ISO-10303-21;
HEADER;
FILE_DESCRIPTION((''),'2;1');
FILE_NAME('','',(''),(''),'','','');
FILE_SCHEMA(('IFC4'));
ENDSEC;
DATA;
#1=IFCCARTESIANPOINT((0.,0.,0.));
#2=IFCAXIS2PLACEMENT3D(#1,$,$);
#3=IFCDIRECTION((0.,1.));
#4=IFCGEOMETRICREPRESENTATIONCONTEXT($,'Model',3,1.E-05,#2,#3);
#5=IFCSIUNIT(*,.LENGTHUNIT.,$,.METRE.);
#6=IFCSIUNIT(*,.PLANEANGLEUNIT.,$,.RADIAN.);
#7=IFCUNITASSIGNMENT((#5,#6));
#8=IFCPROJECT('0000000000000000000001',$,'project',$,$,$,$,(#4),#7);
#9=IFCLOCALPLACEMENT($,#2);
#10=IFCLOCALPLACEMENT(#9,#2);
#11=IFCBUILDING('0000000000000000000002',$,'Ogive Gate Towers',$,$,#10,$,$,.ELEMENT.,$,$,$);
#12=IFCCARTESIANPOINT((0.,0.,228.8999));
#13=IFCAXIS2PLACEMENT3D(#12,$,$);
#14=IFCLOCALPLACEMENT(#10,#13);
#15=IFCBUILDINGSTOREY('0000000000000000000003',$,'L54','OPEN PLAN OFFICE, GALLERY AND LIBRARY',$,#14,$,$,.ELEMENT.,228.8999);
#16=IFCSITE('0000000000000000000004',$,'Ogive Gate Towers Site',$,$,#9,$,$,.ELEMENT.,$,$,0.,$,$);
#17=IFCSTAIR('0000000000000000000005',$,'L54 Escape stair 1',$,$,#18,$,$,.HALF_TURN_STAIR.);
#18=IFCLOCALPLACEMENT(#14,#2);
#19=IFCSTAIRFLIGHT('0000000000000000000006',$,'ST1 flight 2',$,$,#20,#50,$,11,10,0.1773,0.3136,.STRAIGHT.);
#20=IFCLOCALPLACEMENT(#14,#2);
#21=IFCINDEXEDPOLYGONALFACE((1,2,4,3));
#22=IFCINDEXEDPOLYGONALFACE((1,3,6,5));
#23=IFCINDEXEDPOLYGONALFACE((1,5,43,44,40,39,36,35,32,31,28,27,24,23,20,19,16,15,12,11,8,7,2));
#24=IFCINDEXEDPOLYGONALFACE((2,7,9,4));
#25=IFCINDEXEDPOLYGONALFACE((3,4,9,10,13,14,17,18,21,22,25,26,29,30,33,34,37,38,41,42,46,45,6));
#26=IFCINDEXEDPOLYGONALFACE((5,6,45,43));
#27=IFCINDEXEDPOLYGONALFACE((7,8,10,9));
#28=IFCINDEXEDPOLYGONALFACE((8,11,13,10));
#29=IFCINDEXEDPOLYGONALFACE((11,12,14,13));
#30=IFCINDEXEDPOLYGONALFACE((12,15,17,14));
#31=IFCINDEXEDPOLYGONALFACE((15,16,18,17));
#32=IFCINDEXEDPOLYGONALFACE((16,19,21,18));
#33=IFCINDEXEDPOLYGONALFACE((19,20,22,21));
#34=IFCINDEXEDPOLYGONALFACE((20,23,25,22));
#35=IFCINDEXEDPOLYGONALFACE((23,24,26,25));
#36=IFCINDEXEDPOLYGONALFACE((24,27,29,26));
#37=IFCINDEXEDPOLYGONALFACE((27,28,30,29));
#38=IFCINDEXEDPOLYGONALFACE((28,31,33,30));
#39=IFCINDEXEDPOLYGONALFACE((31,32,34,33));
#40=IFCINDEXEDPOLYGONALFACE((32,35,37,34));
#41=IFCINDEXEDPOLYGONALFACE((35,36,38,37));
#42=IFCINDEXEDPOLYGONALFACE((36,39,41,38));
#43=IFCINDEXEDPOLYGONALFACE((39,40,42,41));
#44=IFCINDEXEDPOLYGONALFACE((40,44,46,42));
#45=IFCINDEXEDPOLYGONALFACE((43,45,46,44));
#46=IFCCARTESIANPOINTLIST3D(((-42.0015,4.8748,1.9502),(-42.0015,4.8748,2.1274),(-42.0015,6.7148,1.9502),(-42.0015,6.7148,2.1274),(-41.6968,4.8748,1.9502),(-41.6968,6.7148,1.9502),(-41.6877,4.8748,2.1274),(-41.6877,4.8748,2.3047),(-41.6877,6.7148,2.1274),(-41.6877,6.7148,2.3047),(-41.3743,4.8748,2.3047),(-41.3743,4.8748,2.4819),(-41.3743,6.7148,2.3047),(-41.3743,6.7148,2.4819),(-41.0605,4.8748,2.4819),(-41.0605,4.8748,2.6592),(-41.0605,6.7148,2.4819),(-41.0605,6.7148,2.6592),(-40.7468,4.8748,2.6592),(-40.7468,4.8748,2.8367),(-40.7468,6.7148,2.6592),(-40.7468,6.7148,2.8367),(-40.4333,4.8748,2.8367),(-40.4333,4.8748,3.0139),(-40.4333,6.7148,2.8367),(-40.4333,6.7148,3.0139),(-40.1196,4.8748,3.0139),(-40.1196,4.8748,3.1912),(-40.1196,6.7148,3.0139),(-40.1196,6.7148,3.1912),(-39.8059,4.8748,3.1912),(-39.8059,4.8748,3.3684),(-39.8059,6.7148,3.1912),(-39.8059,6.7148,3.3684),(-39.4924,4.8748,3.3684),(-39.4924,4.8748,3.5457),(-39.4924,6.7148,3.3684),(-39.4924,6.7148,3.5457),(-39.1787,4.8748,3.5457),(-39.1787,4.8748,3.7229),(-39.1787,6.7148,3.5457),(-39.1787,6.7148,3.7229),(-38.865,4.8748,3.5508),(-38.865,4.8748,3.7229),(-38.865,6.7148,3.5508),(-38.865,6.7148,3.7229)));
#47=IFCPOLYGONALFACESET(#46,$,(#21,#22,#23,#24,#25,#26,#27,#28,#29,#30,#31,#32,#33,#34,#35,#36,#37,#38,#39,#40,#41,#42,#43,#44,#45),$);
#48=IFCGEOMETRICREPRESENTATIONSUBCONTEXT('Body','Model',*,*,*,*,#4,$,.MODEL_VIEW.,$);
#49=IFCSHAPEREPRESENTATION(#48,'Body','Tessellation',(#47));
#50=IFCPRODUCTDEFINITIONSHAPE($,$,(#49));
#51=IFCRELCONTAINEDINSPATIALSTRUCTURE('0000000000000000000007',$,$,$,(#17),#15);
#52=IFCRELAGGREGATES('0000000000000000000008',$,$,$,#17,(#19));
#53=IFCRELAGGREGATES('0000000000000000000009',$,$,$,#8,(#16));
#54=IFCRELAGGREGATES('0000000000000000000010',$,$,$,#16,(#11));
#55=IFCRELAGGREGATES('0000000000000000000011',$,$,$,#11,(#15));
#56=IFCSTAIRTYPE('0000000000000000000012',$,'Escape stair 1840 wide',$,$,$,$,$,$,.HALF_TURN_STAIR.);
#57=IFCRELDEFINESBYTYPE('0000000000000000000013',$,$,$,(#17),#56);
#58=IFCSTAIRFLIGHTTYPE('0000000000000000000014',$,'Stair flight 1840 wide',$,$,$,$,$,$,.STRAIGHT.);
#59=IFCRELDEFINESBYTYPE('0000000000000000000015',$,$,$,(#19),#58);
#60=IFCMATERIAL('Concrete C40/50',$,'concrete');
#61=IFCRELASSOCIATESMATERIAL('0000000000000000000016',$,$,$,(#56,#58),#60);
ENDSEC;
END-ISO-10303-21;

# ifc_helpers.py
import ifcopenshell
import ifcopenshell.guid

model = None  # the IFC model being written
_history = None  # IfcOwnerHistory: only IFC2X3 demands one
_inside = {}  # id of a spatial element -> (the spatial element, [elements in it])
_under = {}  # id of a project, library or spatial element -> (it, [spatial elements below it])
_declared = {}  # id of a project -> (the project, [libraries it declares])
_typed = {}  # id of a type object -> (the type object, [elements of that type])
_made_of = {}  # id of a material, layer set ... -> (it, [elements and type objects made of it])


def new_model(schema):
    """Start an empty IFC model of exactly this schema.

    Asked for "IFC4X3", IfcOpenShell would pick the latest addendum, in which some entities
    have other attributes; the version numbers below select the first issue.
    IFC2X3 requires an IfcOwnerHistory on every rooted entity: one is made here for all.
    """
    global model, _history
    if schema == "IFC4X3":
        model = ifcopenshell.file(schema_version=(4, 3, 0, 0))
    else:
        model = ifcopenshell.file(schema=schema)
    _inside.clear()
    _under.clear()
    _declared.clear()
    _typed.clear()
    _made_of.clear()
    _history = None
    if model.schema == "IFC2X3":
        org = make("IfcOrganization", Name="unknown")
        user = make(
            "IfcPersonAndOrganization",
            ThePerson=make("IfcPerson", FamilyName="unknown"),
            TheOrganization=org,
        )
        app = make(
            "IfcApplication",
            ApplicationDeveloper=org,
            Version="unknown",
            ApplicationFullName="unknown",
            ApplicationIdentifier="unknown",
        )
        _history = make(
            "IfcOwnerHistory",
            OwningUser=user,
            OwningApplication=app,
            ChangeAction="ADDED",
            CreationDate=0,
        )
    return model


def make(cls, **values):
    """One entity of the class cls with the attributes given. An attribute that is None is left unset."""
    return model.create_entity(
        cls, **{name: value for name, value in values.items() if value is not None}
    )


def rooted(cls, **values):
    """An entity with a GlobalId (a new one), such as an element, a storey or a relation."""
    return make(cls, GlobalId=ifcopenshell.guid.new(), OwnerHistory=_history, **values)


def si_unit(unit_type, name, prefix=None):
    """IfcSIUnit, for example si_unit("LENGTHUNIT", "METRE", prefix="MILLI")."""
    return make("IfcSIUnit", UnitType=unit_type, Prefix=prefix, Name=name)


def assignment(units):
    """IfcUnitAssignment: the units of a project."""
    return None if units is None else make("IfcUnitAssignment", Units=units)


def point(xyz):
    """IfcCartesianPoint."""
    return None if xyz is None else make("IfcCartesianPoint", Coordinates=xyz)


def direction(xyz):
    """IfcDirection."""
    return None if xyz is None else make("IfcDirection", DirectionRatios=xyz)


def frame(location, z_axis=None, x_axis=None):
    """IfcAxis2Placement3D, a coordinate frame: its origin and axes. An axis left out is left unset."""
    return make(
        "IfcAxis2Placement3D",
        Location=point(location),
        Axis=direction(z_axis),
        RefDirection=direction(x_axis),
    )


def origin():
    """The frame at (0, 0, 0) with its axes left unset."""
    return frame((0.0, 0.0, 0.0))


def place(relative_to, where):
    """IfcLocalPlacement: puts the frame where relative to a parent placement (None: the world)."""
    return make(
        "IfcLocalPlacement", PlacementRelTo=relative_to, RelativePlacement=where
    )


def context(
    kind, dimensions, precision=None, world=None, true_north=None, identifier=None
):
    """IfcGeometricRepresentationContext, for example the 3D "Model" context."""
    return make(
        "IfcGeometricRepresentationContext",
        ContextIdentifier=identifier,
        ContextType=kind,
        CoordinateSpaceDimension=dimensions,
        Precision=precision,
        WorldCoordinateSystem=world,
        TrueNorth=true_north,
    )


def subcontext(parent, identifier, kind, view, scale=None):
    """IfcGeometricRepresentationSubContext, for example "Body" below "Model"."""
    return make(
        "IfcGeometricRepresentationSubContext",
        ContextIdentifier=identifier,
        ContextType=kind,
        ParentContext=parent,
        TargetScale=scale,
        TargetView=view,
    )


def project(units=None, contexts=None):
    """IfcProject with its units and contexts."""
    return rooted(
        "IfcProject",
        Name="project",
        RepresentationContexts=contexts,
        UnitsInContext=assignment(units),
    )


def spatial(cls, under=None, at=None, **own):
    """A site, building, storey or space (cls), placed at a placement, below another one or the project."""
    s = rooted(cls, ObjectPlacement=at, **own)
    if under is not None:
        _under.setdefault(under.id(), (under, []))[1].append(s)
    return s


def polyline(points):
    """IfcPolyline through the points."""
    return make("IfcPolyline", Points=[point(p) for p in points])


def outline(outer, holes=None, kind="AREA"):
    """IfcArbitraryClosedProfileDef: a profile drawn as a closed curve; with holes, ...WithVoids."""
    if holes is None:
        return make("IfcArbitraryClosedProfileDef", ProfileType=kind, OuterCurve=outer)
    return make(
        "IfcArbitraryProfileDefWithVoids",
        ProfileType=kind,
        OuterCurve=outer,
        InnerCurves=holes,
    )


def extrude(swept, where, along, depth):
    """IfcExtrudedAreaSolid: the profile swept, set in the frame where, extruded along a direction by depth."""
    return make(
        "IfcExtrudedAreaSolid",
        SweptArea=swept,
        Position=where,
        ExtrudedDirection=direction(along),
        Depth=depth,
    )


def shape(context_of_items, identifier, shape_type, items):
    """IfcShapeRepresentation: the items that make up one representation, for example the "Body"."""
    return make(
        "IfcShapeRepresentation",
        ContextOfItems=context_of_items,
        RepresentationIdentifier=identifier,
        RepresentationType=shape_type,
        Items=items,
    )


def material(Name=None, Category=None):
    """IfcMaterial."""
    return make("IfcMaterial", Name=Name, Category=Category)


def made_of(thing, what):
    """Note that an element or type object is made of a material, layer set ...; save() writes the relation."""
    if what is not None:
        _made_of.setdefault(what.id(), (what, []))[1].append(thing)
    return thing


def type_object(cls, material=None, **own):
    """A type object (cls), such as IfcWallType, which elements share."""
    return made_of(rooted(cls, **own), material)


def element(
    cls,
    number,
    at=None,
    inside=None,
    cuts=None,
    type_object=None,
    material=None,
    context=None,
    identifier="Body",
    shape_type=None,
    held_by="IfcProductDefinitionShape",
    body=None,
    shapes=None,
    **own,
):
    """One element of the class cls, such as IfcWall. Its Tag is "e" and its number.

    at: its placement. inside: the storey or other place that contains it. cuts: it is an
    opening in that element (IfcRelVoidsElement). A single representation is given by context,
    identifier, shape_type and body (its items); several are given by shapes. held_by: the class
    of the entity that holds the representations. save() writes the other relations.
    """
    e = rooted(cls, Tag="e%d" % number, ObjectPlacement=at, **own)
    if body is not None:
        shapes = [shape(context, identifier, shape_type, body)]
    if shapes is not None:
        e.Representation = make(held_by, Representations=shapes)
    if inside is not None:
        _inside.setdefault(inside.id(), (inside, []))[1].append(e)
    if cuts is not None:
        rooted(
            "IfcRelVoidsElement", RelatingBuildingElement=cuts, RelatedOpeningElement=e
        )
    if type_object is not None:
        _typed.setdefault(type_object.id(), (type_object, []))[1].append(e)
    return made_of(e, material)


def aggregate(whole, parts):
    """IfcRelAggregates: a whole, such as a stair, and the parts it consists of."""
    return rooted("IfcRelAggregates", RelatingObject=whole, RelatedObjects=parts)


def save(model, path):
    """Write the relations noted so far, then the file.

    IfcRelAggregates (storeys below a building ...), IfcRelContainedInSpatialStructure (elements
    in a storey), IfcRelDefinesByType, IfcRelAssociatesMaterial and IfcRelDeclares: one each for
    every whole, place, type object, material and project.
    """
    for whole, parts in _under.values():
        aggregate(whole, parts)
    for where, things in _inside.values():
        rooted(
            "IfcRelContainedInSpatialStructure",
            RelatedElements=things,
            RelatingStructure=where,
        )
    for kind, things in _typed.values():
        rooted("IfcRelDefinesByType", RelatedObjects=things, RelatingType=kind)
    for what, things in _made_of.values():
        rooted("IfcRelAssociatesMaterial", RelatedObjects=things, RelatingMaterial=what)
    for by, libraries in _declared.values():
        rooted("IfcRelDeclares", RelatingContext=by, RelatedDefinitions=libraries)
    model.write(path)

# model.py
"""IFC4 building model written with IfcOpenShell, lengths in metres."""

from ifc_helpers import new_model, si_unit, direction, frame, origin, place, context, subcontext, project, spatial, polyline, outline, extrude, material, type_object, element, aggregate, save


model = new_model("IFC4")

# Units and contexts
model_context = context("Model", 3, precision=1e-05, world=origin(), true_north=direction((0.0, 1.0)))
body_context = subcontext(model_context, "Body", "Model", "MODEL_VIEW")
ifc_project = project(units=[si_unit("LENGTHUNIT", "METRE"), si_unit("PLANEANGLEUNIT", "RADIAN")], contexts=[model_context])

# Site, building, storey
site_placement = place(None, origin())
site = spatial("IfcSite", under=ifc_project, at=site_placement, Name="Ogive Gate Towers Site", CompositionType="ELEMENT", RefElevation=0.0)
building_placement = place(site_placement, origin())
building = spatial("IfcBuilding", under=site, at=building_placement, Name="Ogive Gate Towers", CompositionType="ELEMENT")
storey_placement = place(building_placement, frame((0.0, 0.0, 228.8999)))
storey = spatial("IfcBuildingStorey", under=building, at=storey_placement, Name="L54", Description="OPEN PLAN OFFICE, GALLERY AND LIBRARY", CompositionType="ELEMENT", Elevation=228.8999)

# Stair, stair flight
ifc_material_1 = material(Name="Concrete C40/50", Category="concrete")
stair_type = type_object("IfcStairType", Name="Escape stair 1840 wide", PredefinedType="HALF_TURN_STAIR", material=ifc_material_1)
stair_placement = place(storey_placement, origin())
stair = element("IfcStair", 1, at=stair_placement, inside=storey, type_object=stair_type, Name="L54 Escape stair 1", PredefinedType="HALF_TURN_STAIR")
stair_flight_type = type_object("IfcStairFlightType", Name="Stair flight 1840 wide", PredefinedType="STRAIGHT", material=ifc_material_1)
stair_flight_placement = place(storey_placement, frame((-42.0015, 5.7949, 1.9502), z_axis=(0.0, 0.0, 1.0), x_axis=(1.0, 0.0, 0.0)))
stair_flight = element("IfcStairFlight", 2, at=stair_flight_placement, type_object=stair_flight_type, Name="ST1 flight 2", NumberOfRisers=11, NumberOfTreads=10, PredefinedType="STRAIGHT", RiserHeight=0.1773, TreadLength=0.3136, context=body_context, shape_type="SweptSolid", body=[
    extrude(outline(polyline([(0.0, 0.0), (0.0, 0.1772), (0.3137, 0.1772), (0.3137, 0.3545), (0.6272, 0.3545), (0.6272, 0.5317), (0.9409, 0.5317), (0.9409, 0.709), (1.2546, 0.709), (1.2546, 0.8865), (1.5681, 0.8865), (1.5681, 1.0637), (1.8818, 1.0637), (1.8818, 1.241), (2.1956, 1.241), (2.1956, 1.4182), (2.509, 1.4182), (2.509, 1.5955), (2.8228, 1.5955), (2.8228, 1.7727), (3.1365, 1.7727), (3.1365, 1.95), (3.1365, 1.6006), (0.3047, 0.0), (0.0, 0.0)])), frame((0.0, 0.9199, 0.0), z_axis=(0.0, -1.0, 0.0), x_axis=(1.0, 0.0, 0.0)), (0.0, 0.0, 1.0), 1.8401),
])
aggregate(stair, [stair_flight])

save(model, "model.ifc")
